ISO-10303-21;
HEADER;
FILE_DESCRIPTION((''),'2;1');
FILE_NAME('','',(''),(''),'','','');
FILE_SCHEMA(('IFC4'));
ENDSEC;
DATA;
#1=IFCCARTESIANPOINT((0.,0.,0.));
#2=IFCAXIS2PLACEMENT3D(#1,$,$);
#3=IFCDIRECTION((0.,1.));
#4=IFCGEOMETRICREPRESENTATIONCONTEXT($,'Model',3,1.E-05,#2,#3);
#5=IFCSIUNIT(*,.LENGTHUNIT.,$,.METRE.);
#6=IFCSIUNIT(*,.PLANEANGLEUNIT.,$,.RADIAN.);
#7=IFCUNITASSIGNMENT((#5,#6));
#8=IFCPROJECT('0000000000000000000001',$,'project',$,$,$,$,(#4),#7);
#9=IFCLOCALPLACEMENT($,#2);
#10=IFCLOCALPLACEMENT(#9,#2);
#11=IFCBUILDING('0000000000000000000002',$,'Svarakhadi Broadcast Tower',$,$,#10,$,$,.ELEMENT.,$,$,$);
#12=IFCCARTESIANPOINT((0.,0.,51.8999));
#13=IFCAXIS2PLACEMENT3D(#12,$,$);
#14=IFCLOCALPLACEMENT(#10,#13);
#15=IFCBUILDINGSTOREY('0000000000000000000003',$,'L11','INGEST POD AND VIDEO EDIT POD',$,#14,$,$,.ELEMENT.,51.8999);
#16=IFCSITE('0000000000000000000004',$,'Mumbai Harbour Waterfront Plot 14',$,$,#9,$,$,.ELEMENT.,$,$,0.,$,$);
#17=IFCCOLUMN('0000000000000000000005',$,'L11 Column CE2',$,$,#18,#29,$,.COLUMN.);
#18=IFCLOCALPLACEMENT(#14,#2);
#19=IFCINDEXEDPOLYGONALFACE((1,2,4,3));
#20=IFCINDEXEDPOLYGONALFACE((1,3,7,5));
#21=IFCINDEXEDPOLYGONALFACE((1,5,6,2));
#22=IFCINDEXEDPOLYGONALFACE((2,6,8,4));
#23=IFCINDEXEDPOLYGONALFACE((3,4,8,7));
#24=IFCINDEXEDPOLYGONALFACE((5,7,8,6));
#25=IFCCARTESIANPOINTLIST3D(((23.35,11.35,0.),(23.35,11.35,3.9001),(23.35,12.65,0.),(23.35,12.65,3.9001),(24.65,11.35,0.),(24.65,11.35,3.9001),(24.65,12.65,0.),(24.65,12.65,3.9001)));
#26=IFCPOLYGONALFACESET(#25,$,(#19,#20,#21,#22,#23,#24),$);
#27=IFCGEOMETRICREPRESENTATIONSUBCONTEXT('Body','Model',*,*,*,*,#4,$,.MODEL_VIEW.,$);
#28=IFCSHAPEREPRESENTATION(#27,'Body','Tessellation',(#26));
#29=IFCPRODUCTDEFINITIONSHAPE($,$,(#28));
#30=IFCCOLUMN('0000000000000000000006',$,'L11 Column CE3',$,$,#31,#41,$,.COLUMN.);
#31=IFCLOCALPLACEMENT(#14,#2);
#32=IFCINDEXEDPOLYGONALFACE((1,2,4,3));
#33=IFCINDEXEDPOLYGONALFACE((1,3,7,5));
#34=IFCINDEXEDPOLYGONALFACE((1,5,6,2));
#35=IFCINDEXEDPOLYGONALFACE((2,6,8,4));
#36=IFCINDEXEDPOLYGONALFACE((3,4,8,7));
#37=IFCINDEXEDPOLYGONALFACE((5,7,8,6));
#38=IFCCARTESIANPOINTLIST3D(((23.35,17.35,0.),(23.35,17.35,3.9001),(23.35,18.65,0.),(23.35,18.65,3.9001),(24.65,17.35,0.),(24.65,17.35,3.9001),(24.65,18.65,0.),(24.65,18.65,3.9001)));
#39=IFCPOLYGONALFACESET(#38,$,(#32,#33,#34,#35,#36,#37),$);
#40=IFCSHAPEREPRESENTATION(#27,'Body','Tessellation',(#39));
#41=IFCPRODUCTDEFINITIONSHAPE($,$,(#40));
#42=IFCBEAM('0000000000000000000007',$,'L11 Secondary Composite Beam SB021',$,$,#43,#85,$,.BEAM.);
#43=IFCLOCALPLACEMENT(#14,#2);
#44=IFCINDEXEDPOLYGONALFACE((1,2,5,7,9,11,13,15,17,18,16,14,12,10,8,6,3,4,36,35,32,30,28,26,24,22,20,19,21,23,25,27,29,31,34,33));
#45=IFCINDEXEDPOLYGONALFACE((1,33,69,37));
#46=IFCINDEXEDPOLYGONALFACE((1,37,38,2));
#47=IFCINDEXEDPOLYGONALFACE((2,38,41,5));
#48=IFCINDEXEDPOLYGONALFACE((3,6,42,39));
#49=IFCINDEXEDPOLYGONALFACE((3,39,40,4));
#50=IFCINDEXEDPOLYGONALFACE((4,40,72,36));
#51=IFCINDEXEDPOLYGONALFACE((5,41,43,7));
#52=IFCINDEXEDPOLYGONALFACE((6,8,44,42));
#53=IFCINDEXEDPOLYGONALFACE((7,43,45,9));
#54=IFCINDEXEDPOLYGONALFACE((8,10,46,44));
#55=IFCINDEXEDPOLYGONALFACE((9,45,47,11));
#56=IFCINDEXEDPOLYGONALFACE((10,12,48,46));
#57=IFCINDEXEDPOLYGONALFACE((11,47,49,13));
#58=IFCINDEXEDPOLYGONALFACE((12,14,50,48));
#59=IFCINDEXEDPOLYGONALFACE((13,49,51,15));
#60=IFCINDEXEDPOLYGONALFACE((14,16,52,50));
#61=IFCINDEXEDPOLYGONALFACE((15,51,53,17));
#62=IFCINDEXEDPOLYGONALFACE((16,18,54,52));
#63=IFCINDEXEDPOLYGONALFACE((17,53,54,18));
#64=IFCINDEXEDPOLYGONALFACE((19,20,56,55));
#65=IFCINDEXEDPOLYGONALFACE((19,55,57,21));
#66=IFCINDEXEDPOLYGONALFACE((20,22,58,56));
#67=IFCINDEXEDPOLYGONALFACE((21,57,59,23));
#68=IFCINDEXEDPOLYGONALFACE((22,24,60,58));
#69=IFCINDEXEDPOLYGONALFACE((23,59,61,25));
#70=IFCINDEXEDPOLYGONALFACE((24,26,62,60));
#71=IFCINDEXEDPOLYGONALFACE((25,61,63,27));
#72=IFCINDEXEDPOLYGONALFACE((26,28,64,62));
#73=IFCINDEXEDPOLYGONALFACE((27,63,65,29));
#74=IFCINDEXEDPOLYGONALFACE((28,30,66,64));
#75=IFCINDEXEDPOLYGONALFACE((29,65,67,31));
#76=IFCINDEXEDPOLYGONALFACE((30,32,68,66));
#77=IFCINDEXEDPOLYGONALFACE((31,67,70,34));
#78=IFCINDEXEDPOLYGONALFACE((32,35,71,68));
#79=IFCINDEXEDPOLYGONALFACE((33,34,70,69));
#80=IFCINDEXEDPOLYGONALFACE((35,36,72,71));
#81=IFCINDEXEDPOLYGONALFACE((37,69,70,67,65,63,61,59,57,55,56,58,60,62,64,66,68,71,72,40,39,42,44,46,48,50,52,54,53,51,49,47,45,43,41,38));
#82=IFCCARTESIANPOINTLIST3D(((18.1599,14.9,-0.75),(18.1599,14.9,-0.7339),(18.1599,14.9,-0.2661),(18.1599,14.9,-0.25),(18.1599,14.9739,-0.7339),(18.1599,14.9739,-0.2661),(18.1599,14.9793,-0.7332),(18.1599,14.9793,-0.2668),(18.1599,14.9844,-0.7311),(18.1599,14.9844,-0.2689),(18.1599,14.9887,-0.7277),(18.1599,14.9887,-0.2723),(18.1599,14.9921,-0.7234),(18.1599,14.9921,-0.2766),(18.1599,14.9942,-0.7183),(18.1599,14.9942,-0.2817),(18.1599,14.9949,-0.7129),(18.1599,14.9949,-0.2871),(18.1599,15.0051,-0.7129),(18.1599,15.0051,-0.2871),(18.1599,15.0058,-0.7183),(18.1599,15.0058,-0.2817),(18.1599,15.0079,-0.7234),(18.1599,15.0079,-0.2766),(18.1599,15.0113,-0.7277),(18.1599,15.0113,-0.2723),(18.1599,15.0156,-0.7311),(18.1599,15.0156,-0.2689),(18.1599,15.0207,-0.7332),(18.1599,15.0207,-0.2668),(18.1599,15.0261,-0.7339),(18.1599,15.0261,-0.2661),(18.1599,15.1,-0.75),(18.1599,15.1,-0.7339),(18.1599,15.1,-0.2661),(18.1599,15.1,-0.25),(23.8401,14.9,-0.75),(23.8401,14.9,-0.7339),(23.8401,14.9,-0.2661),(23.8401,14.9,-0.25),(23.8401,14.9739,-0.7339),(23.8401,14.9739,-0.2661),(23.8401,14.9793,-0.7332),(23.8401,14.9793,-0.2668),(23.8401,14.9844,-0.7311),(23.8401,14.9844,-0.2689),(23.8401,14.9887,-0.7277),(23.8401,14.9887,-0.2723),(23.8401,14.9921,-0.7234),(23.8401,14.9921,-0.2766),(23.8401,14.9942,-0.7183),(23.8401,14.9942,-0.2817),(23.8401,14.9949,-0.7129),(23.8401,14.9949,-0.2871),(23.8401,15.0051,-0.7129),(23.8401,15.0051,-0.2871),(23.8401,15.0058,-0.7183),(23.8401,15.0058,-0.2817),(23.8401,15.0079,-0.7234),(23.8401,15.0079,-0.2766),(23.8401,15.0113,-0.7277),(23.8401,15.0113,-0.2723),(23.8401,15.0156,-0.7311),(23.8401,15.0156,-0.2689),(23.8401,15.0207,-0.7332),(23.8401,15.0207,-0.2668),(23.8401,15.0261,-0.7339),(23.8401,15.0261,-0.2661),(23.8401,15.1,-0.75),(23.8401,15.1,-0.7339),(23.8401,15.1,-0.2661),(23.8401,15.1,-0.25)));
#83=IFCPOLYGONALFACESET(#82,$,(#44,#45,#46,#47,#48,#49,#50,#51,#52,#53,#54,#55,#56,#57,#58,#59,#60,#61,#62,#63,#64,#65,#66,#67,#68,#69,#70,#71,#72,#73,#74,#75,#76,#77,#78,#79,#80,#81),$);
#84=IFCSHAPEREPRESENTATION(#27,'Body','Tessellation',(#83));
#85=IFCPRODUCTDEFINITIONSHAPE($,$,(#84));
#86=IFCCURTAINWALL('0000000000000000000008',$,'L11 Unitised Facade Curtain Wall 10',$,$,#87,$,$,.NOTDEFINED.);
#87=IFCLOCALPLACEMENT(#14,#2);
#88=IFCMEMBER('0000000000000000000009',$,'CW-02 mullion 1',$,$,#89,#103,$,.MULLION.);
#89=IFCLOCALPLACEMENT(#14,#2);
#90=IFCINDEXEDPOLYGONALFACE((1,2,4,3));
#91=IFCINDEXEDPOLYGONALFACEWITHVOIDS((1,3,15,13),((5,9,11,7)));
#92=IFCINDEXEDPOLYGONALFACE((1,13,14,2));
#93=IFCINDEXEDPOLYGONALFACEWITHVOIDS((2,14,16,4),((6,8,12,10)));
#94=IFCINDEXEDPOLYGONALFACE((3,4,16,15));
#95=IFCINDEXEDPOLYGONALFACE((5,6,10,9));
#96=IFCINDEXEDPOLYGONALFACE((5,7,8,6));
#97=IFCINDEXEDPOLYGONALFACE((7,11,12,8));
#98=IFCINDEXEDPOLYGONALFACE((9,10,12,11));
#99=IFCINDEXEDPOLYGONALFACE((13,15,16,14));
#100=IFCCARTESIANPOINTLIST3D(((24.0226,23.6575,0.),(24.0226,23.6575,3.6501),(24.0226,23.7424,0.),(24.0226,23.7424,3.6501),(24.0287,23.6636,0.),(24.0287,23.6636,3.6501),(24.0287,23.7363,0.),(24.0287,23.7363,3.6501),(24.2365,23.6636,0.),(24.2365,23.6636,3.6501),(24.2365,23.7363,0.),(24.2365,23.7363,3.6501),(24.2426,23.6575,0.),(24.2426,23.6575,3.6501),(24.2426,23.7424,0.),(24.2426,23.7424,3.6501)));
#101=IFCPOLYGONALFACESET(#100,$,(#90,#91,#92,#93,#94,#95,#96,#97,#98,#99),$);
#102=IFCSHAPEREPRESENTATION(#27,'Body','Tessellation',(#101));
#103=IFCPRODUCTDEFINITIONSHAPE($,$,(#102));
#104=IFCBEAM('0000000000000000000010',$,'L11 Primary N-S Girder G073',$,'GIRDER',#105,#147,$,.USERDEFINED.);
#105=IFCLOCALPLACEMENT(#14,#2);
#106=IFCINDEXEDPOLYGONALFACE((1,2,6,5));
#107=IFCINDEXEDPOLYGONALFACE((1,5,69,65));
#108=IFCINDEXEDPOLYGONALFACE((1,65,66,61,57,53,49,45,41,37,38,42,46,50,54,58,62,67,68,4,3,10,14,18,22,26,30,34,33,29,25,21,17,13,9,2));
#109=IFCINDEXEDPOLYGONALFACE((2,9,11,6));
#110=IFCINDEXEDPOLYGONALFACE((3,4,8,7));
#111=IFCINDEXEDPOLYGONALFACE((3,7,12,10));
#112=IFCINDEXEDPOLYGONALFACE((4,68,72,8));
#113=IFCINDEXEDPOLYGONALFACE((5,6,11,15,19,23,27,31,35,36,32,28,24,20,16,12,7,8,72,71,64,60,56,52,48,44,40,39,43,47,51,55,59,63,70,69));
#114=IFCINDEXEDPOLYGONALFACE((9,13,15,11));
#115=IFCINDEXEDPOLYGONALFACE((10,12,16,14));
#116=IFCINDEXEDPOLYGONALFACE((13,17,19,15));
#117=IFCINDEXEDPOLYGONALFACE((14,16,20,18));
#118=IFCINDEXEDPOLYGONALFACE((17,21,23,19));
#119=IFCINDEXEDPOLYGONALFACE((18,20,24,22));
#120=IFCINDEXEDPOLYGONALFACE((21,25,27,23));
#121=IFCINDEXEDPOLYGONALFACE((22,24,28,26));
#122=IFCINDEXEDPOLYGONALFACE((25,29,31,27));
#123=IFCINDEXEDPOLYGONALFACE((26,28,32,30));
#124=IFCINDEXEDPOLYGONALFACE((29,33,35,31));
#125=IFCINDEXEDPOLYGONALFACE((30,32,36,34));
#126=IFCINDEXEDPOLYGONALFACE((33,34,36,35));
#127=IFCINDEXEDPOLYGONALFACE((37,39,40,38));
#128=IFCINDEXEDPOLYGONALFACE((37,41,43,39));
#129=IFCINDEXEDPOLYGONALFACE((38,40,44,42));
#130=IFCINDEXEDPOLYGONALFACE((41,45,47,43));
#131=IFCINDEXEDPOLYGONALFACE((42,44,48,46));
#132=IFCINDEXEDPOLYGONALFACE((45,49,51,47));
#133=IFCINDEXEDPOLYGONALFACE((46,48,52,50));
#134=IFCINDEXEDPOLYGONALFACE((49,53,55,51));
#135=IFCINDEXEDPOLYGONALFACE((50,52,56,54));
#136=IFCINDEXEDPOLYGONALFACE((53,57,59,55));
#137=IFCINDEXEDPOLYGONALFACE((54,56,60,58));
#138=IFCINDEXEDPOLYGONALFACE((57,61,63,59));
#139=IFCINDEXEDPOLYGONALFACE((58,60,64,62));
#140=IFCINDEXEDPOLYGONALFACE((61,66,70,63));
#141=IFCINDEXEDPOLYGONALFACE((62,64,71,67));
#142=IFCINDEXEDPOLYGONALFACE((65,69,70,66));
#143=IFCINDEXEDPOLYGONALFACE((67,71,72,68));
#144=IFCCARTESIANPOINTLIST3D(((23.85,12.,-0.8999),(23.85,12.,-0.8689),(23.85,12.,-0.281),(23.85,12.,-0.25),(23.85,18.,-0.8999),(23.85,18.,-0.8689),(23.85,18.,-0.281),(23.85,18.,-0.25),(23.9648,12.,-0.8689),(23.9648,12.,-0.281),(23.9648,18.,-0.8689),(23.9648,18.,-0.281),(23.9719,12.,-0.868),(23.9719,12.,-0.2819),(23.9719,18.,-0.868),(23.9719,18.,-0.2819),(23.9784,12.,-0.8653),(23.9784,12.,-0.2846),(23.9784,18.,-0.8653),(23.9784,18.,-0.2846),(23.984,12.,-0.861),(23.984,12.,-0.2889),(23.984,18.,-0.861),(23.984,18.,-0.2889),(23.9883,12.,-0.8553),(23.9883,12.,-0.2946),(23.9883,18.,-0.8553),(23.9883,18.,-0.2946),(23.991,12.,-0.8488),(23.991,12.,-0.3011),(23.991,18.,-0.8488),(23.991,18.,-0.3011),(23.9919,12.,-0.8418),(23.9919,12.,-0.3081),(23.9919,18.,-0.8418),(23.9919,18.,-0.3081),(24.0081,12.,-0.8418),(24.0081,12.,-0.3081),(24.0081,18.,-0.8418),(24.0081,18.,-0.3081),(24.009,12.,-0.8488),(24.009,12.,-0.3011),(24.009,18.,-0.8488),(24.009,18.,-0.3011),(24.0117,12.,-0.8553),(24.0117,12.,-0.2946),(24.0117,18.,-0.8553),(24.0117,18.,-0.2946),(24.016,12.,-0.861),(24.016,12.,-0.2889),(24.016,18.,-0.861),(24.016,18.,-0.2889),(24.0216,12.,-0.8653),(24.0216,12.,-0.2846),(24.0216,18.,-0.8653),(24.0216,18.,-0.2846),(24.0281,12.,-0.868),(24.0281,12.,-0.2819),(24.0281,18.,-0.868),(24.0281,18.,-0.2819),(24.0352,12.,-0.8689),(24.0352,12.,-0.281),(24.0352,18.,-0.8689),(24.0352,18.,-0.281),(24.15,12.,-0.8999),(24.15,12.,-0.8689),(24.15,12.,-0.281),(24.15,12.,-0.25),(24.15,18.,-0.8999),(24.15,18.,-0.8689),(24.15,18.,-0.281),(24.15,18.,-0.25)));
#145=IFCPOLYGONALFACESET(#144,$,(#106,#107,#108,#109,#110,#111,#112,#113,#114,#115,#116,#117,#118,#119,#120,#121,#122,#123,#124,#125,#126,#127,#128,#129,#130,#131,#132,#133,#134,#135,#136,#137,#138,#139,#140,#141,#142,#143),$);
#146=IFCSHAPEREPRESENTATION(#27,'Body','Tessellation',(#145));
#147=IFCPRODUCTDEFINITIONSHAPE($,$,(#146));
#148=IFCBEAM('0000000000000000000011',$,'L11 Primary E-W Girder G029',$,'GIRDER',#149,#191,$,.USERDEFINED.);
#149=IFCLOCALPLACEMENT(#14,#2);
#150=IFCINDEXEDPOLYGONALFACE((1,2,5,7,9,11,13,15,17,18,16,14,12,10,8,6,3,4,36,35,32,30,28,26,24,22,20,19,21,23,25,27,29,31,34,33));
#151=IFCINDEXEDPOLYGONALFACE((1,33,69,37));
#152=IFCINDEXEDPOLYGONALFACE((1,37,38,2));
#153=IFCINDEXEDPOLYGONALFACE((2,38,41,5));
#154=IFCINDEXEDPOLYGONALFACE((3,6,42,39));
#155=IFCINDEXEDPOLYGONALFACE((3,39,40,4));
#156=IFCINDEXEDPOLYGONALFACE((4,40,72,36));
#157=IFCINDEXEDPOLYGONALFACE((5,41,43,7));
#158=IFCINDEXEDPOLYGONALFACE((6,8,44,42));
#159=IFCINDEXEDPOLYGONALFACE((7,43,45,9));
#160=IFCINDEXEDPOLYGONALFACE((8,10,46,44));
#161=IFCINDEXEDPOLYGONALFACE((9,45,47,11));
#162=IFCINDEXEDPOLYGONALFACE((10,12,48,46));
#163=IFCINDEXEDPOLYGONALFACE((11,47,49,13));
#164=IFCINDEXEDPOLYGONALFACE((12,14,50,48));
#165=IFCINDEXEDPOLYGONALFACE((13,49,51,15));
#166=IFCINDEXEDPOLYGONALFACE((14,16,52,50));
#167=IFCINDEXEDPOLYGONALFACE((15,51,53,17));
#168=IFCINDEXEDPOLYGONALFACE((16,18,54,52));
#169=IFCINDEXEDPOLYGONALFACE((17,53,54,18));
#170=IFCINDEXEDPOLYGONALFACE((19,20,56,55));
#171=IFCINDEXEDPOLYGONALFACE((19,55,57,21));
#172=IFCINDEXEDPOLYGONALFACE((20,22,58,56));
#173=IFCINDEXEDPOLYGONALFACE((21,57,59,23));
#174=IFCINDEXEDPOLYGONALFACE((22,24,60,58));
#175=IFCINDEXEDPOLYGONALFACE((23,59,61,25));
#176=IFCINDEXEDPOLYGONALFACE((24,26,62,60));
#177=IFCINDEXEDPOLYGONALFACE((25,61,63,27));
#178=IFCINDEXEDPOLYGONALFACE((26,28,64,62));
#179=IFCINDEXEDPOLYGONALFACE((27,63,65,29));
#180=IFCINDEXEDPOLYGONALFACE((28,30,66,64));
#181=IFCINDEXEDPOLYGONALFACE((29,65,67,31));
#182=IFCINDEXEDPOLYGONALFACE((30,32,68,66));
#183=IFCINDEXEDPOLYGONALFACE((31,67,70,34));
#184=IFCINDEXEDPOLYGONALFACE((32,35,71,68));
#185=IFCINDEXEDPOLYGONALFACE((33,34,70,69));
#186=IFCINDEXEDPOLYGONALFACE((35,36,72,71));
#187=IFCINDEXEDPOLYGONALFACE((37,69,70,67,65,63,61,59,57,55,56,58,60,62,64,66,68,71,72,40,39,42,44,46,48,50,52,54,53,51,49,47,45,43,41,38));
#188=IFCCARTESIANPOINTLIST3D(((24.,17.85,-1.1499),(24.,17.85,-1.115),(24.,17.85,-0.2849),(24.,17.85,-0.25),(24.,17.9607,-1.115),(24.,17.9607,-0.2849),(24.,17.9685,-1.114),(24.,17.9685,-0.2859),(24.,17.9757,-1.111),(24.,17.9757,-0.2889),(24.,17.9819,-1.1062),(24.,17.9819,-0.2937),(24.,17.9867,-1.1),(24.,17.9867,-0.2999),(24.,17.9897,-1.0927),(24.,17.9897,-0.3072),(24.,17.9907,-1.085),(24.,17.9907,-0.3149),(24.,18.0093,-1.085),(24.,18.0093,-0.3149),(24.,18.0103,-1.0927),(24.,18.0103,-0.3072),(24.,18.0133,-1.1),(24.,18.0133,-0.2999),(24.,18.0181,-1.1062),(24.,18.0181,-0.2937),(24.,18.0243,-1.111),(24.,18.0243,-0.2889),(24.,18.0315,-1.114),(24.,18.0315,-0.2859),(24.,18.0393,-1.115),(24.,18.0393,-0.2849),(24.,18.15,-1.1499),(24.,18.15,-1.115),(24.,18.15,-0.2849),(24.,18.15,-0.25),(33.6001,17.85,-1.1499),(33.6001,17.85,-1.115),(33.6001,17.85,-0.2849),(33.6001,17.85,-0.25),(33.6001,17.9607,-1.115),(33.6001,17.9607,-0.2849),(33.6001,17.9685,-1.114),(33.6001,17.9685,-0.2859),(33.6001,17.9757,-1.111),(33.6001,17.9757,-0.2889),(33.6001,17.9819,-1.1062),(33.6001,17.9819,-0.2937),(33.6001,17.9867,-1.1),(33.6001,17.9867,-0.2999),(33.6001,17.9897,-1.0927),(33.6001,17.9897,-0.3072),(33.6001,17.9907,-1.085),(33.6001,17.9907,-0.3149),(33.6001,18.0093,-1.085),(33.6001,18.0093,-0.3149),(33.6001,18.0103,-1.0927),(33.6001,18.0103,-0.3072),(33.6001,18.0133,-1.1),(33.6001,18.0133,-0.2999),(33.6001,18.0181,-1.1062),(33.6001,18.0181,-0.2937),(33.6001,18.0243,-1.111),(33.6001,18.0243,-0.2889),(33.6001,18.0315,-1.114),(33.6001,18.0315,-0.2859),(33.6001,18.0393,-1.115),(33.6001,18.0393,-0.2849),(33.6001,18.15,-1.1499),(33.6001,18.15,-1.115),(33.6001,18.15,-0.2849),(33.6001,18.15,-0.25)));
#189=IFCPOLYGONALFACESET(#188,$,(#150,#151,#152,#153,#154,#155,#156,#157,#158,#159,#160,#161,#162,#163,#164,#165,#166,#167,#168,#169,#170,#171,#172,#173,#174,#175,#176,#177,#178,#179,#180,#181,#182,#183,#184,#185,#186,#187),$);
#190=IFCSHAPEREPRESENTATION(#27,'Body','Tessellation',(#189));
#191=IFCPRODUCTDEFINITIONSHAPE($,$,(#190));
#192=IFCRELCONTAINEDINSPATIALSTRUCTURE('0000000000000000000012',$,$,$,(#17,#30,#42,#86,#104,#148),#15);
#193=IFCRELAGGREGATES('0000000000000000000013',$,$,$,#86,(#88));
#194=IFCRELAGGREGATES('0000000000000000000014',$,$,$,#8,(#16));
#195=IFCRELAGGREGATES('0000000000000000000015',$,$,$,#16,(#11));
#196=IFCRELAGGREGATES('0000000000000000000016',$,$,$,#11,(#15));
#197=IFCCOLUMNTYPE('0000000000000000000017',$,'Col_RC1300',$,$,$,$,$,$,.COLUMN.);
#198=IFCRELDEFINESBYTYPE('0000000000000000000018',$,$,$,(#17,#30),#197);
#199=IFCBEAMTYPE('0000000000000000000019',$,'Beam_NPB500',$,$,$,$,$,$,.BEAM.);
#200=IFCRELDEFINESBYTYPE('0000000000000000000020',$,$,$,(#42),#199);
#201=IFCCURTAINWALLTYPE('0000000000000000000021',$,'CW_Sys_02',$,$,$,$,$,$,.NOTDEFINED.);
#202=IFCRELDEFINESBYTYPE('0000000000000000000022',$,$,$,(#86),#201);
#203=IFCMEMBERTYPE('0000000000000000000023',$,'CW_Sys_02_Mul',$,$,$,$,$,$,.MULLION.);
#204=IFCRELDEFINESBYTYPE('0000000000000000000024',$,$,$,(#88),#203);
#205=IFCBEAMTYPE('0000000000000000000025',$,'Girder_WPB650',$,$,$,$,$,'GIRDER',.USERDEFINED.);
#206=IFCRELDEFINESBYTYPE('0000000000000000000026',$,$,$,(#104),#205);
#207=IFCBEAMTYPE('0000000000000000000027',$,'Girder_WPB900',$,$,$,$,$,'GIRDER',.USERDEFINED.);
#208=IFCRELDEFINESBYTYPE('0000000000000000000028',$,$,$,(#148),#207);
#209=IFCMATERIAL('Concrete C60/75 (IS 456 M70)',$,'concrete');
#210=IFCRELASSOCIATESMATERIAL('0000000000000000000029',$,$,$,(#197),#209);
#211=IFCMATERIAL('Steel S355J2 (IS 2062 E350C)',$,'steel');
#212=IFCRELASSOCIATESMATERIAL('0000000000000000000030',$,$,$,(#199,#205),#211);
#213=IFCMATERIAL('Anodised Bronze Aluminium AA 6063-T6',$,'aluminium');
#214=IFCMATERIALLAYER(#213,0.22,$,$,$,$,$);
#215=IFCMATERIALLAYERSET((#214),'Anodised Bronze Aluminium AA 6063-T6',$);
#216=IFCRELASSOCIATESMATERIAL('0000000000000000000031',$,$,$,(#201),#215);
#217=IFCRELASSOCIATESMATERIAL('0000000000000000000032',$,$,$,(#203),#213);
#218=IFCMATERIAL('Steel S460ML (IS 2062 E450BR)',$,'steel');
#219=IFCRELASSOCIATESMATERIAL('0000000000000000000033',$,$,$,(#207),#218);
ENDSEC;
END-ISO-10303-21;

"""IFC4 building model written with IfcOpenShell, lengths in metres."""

from ifc_helpers import new_model, si_unit, direction, frame, origin, origin_2d, place, context, subcontext, project, spatial, rectangle, hollow_rectangle, i_section, extrude, material, layer, layer_set, material_profile, profile_set, type_object, element, aggregate, save


model = new_model("IFC4")

# Units and contexts
model_context = context("Model", 3, precision=1e-05, world=origin(), true_north=direction((0.0, 1.0)))
body_context = subcontext(model_context, "Body", "Model", "MODEL_VIEW")
ifc_project = project(units=[si_unit("LENGTHUNIT", "METRE"), si_unit("PLANEANGLEUNIT", "RADIAN")], contexts=[model_context])

# Site, building, storey
site_placement = place(None, origin())
site = spatial("IfcSite", under=ifc_project, at=site_placement, Name="Mumbai Harbour Waterfront Plot 14", CompositionType="ELEMENT", RefElevation=0.0)
building_placement = place(site_placement, origin())
building = spatial("IfcBuilding", under=site, at=building_placement, Name="Svarakhadi Broadcast Tower", CompositionType="ELEMENT")
storey_placement = place(building_placement, frame((0.0, 0.0, 51.8999)))
storey = spatial("IfcBuildingStorey", under=building, at=storey_placement, Name="L11", Description="INGEST POD AND VIDEO EDIT POD", CompositionType="ELEMENT", Elevation=51.8999)

# Columns
ifc_material_1 = material(Name="Concrete C60/75 (IS 456 M70)", Category="concrete")
ifc_material_profile_1 = material_profile(ifc_material_1, rectangle(XDim=1.3, YDim=1.3, at=origin_2d()), Name="RC 1300x1300")
ifc_profile_set_1 = profile_set([ifc_material_profile_1], Name="Concrete C60/75 (IS 456 M70)")
column_type = type_object("IfcColumnType", Name="Col_RC1300", PredefinedType="COLUMN", material=ifc_profile_set_1)
for number, where, z_axis, x_axis, name in (
    (1, (24.0, 12.0, 0.0), (0.0, 0.0, 1.0), (1.0, 0.0, 0.0), "L11 Column CE2"),
    (2, (24.0, 18.0, 0.0), (0.0, 0.0, 1.0), (1.0, 0.0, 0.0), "L11 Column CE3"),
):
    element("IfcColumn", number, at=place(storey_placement, frame(where, z_axis=z_axis, x_axis=x_axis)), inside=storey, type_object=column_type, Name=name, PredefinedType="COLUMN", context=body_context, shape_type="SweptSolid", body=[
        extrude(rectangle(XDim=1.3, YDim=1.3, at=origin_2d()), origin(), (0.0, 0.0, 1.0), 3.9001),
    ])

# Beam
ifc_material_2 = material(Name="Steel S355J2 (IS 2062 E350C)", Category="steel")
ifc_material_profile_2 = material_profile(ifc_material_2, i_section(OverallWidth=0.2, OverallDepth=0.5, WebThickness=0.0103, FlangeThickness=0.0161, FilletRadius=0.021, at=origin_2d()), Name="NPB 500x200x91")
ifc_profile_set_2 = profile_set([ifc_material_profile_2], Name="Steel S355J2 (IS 2062 E350C)")
beam_type_1 = type_object("IfcBeamType", Name="Beam_NPB500", PredefinedType="BEAM", material=ifc_profile_set_2)
beam_1_placement = place(storey_placement, frame((18.1599, 15.0, -0.5), z_axis=(1.0, 0.0, 0.0), x_axis=(0.0, 1.0, 0.0)))
element("IfcBeam", 3, at=beam_1_placement, inside=storey, type_object=beam_type_1, Name="L11 Secondary Composite Beam SB021", PredefinedType="BEAM", context=body_context, shape_type="SweptSolid", body=[
    extrude(i_section(OverallWidth=0.2, OverallDepth=0.5, WebThickness=0.0103, FlangeThickness=0.0161, FilletRadius=0.021, at=origin_2d()), origin(), (0.0, 0.0, 1.0), 5.6802),
])

# Curtain wall, member
ifc_material_3 = material(Name="Anodised Bronze Aluminium AA 6063-T6", Category="aluminium")
ifc_layer_1 = layer(ifc_material_3, 0.22)
ifc_layer_set_1 = layer_set([ifc_layer_1], Name="Anodised Bronze Aluminium AA 6063-T6")
curtain_wall_type = type_object("IfcCurtainWallType", Name="CW_Sys_02", PredefinedType="NOTDEFINED", material=ifc_layer_set_1)
curtain_wall_placement = place(storey_placement, origin())
curtain_wall = element("IfcCurtainWall", 4, at=curtain_wall_placement, inside=storey, type_object=curtain_wall_type, Name="L11 Unitised Facade Curtain Wall 10", PredefinedType="NOTDEFINED")
ifc_material_profile_3 = material_profile(ifc_material_3, hollow_rectangle(XDim=0.085, YDim=0.22, WallThickness=0.0061, at=origin_2d()), Name="ALU MULLION 220x85x6")
ifc_profile_set_3 = profile_set([ifc_material_profile_3], Name="Anodised Bronze Aluminium AA 6063-T6")
member_type = type_object("IfcMemberType", Name="CW_Sys_02_Mul", PredefinedType="MULLION", material=ifc_profile_set_3)
member_placement = place(storey_placement, frame((24.1326, 23.7, 0.0), z_axis=(0.0, 0.0, 1.0), x_axis=(0.0, 1.0, 0.0)))
member = element("IfcMember", 5, at=member_placement, type_object=member_type, Name="CW-02 mullion 1", PredefinedType="MULLION", context=body_context, shape_type="SweptSolid", body=[
    extrude(hollow_rectangle(XDim=0.085, YDim=0.22, WallThickness=0.0061, at=origin_2d()), origin(), (0.0, 0.0, 1.0), 3.6501),
])
aggregate(curtain_wall, [member])

# Beams
ifc_material_profile_4 = material_profile(ifc_material_2, i_section(OverallWidth=0.3, OverallDepth=0.6499, WebThickness=0.0161, FlangeThickness=0.031, FilletRadius=0.0271, at=origin_2d()), Name="WPB 650x300x225")
ifc_profile_set_4 = profile_set([ifc_material_profile_4], Name="Steel S355J2 (IS 2062 E350C)")
beam_type_2 = type_object("IfcBeamType", Name="Girder_WPB650", ElementType="GIRDER", PredefinedType="USERDEFINED", material=ifc_profile_set_4)
beam_2_placement = place(storey_placement, frame((24.0, 12.0, -0.575), z_axis=(0.0, 1.0, 0.0), x_axis=(-1.0, 0.0, 0.0)))
element("IfcBeam", 6, at=beam_2_placement, inside=storey, type_object=beam_type_2, Name="L11 Primary N-S Girder G073", ObjectType="GIRDER", PredefinedType="USERDEFINED", context=body_context, shape_type="SweptSolid", body=[
    extrude(i_section(OverallWidth=0.3, OverallDepth=0.6499, WebThickness=0.0161, FlangeThickness=0.031, FilletRadius=0.0271, at=origin_2d()), origin(), (0.0, 0.0, 1.0), 6.0),
])
ifc_material_4 = material(Name="Steel S460ML (IS 2062 E450BR)", Category="steel")
ifc_material_profile_5 = material_profile(ifc_material_4, i_section(OverallWidth=0.3, OverallDepth=0.8999, WebThickness=0.0186, FlangeThickness=0.0349, FilletRadius=0.03, at=origin_2d()), Name="WPB 900x300x291")
ifc_profile_set_5 = profile_set([ifc_material_profile_5], Name="Steel S460ML (IS 2062 E450BR)")
beam_type_3 = type_object("IfcBeamType", Name="Girder_WPB900", ElementType="GIRDER", PredefinedType="USERDEFINED", material=ifc_profile_set_5)
beam_3_placement = place(storey_placement, frame((24.0, 18.0, -0.7), z_axis=(1.0, 0.0, 0.0), x_axis=(0.0, 1.0, 0.0)))
element("IfcBeam", 7, at=beam_3_placement, inside=storey, type_object=beam_type_3, Name="L11 Primary E-W Girder G029", ObjectType="GIRDER", PredefinedType="USERDEFINED", context=body_context, shape_type="SweptSolid", body=[
    extrude(i_section(OverallWidth=0.3, OverallDepth=0.8999, WebThickness=0.0186, FlangeThickness=0.0349, FilletRadius=0.03, at=origin_2d()), origin(), (0.0, 0.0, 1.0), 9.6001),
])

save(model, "model.ifc")
